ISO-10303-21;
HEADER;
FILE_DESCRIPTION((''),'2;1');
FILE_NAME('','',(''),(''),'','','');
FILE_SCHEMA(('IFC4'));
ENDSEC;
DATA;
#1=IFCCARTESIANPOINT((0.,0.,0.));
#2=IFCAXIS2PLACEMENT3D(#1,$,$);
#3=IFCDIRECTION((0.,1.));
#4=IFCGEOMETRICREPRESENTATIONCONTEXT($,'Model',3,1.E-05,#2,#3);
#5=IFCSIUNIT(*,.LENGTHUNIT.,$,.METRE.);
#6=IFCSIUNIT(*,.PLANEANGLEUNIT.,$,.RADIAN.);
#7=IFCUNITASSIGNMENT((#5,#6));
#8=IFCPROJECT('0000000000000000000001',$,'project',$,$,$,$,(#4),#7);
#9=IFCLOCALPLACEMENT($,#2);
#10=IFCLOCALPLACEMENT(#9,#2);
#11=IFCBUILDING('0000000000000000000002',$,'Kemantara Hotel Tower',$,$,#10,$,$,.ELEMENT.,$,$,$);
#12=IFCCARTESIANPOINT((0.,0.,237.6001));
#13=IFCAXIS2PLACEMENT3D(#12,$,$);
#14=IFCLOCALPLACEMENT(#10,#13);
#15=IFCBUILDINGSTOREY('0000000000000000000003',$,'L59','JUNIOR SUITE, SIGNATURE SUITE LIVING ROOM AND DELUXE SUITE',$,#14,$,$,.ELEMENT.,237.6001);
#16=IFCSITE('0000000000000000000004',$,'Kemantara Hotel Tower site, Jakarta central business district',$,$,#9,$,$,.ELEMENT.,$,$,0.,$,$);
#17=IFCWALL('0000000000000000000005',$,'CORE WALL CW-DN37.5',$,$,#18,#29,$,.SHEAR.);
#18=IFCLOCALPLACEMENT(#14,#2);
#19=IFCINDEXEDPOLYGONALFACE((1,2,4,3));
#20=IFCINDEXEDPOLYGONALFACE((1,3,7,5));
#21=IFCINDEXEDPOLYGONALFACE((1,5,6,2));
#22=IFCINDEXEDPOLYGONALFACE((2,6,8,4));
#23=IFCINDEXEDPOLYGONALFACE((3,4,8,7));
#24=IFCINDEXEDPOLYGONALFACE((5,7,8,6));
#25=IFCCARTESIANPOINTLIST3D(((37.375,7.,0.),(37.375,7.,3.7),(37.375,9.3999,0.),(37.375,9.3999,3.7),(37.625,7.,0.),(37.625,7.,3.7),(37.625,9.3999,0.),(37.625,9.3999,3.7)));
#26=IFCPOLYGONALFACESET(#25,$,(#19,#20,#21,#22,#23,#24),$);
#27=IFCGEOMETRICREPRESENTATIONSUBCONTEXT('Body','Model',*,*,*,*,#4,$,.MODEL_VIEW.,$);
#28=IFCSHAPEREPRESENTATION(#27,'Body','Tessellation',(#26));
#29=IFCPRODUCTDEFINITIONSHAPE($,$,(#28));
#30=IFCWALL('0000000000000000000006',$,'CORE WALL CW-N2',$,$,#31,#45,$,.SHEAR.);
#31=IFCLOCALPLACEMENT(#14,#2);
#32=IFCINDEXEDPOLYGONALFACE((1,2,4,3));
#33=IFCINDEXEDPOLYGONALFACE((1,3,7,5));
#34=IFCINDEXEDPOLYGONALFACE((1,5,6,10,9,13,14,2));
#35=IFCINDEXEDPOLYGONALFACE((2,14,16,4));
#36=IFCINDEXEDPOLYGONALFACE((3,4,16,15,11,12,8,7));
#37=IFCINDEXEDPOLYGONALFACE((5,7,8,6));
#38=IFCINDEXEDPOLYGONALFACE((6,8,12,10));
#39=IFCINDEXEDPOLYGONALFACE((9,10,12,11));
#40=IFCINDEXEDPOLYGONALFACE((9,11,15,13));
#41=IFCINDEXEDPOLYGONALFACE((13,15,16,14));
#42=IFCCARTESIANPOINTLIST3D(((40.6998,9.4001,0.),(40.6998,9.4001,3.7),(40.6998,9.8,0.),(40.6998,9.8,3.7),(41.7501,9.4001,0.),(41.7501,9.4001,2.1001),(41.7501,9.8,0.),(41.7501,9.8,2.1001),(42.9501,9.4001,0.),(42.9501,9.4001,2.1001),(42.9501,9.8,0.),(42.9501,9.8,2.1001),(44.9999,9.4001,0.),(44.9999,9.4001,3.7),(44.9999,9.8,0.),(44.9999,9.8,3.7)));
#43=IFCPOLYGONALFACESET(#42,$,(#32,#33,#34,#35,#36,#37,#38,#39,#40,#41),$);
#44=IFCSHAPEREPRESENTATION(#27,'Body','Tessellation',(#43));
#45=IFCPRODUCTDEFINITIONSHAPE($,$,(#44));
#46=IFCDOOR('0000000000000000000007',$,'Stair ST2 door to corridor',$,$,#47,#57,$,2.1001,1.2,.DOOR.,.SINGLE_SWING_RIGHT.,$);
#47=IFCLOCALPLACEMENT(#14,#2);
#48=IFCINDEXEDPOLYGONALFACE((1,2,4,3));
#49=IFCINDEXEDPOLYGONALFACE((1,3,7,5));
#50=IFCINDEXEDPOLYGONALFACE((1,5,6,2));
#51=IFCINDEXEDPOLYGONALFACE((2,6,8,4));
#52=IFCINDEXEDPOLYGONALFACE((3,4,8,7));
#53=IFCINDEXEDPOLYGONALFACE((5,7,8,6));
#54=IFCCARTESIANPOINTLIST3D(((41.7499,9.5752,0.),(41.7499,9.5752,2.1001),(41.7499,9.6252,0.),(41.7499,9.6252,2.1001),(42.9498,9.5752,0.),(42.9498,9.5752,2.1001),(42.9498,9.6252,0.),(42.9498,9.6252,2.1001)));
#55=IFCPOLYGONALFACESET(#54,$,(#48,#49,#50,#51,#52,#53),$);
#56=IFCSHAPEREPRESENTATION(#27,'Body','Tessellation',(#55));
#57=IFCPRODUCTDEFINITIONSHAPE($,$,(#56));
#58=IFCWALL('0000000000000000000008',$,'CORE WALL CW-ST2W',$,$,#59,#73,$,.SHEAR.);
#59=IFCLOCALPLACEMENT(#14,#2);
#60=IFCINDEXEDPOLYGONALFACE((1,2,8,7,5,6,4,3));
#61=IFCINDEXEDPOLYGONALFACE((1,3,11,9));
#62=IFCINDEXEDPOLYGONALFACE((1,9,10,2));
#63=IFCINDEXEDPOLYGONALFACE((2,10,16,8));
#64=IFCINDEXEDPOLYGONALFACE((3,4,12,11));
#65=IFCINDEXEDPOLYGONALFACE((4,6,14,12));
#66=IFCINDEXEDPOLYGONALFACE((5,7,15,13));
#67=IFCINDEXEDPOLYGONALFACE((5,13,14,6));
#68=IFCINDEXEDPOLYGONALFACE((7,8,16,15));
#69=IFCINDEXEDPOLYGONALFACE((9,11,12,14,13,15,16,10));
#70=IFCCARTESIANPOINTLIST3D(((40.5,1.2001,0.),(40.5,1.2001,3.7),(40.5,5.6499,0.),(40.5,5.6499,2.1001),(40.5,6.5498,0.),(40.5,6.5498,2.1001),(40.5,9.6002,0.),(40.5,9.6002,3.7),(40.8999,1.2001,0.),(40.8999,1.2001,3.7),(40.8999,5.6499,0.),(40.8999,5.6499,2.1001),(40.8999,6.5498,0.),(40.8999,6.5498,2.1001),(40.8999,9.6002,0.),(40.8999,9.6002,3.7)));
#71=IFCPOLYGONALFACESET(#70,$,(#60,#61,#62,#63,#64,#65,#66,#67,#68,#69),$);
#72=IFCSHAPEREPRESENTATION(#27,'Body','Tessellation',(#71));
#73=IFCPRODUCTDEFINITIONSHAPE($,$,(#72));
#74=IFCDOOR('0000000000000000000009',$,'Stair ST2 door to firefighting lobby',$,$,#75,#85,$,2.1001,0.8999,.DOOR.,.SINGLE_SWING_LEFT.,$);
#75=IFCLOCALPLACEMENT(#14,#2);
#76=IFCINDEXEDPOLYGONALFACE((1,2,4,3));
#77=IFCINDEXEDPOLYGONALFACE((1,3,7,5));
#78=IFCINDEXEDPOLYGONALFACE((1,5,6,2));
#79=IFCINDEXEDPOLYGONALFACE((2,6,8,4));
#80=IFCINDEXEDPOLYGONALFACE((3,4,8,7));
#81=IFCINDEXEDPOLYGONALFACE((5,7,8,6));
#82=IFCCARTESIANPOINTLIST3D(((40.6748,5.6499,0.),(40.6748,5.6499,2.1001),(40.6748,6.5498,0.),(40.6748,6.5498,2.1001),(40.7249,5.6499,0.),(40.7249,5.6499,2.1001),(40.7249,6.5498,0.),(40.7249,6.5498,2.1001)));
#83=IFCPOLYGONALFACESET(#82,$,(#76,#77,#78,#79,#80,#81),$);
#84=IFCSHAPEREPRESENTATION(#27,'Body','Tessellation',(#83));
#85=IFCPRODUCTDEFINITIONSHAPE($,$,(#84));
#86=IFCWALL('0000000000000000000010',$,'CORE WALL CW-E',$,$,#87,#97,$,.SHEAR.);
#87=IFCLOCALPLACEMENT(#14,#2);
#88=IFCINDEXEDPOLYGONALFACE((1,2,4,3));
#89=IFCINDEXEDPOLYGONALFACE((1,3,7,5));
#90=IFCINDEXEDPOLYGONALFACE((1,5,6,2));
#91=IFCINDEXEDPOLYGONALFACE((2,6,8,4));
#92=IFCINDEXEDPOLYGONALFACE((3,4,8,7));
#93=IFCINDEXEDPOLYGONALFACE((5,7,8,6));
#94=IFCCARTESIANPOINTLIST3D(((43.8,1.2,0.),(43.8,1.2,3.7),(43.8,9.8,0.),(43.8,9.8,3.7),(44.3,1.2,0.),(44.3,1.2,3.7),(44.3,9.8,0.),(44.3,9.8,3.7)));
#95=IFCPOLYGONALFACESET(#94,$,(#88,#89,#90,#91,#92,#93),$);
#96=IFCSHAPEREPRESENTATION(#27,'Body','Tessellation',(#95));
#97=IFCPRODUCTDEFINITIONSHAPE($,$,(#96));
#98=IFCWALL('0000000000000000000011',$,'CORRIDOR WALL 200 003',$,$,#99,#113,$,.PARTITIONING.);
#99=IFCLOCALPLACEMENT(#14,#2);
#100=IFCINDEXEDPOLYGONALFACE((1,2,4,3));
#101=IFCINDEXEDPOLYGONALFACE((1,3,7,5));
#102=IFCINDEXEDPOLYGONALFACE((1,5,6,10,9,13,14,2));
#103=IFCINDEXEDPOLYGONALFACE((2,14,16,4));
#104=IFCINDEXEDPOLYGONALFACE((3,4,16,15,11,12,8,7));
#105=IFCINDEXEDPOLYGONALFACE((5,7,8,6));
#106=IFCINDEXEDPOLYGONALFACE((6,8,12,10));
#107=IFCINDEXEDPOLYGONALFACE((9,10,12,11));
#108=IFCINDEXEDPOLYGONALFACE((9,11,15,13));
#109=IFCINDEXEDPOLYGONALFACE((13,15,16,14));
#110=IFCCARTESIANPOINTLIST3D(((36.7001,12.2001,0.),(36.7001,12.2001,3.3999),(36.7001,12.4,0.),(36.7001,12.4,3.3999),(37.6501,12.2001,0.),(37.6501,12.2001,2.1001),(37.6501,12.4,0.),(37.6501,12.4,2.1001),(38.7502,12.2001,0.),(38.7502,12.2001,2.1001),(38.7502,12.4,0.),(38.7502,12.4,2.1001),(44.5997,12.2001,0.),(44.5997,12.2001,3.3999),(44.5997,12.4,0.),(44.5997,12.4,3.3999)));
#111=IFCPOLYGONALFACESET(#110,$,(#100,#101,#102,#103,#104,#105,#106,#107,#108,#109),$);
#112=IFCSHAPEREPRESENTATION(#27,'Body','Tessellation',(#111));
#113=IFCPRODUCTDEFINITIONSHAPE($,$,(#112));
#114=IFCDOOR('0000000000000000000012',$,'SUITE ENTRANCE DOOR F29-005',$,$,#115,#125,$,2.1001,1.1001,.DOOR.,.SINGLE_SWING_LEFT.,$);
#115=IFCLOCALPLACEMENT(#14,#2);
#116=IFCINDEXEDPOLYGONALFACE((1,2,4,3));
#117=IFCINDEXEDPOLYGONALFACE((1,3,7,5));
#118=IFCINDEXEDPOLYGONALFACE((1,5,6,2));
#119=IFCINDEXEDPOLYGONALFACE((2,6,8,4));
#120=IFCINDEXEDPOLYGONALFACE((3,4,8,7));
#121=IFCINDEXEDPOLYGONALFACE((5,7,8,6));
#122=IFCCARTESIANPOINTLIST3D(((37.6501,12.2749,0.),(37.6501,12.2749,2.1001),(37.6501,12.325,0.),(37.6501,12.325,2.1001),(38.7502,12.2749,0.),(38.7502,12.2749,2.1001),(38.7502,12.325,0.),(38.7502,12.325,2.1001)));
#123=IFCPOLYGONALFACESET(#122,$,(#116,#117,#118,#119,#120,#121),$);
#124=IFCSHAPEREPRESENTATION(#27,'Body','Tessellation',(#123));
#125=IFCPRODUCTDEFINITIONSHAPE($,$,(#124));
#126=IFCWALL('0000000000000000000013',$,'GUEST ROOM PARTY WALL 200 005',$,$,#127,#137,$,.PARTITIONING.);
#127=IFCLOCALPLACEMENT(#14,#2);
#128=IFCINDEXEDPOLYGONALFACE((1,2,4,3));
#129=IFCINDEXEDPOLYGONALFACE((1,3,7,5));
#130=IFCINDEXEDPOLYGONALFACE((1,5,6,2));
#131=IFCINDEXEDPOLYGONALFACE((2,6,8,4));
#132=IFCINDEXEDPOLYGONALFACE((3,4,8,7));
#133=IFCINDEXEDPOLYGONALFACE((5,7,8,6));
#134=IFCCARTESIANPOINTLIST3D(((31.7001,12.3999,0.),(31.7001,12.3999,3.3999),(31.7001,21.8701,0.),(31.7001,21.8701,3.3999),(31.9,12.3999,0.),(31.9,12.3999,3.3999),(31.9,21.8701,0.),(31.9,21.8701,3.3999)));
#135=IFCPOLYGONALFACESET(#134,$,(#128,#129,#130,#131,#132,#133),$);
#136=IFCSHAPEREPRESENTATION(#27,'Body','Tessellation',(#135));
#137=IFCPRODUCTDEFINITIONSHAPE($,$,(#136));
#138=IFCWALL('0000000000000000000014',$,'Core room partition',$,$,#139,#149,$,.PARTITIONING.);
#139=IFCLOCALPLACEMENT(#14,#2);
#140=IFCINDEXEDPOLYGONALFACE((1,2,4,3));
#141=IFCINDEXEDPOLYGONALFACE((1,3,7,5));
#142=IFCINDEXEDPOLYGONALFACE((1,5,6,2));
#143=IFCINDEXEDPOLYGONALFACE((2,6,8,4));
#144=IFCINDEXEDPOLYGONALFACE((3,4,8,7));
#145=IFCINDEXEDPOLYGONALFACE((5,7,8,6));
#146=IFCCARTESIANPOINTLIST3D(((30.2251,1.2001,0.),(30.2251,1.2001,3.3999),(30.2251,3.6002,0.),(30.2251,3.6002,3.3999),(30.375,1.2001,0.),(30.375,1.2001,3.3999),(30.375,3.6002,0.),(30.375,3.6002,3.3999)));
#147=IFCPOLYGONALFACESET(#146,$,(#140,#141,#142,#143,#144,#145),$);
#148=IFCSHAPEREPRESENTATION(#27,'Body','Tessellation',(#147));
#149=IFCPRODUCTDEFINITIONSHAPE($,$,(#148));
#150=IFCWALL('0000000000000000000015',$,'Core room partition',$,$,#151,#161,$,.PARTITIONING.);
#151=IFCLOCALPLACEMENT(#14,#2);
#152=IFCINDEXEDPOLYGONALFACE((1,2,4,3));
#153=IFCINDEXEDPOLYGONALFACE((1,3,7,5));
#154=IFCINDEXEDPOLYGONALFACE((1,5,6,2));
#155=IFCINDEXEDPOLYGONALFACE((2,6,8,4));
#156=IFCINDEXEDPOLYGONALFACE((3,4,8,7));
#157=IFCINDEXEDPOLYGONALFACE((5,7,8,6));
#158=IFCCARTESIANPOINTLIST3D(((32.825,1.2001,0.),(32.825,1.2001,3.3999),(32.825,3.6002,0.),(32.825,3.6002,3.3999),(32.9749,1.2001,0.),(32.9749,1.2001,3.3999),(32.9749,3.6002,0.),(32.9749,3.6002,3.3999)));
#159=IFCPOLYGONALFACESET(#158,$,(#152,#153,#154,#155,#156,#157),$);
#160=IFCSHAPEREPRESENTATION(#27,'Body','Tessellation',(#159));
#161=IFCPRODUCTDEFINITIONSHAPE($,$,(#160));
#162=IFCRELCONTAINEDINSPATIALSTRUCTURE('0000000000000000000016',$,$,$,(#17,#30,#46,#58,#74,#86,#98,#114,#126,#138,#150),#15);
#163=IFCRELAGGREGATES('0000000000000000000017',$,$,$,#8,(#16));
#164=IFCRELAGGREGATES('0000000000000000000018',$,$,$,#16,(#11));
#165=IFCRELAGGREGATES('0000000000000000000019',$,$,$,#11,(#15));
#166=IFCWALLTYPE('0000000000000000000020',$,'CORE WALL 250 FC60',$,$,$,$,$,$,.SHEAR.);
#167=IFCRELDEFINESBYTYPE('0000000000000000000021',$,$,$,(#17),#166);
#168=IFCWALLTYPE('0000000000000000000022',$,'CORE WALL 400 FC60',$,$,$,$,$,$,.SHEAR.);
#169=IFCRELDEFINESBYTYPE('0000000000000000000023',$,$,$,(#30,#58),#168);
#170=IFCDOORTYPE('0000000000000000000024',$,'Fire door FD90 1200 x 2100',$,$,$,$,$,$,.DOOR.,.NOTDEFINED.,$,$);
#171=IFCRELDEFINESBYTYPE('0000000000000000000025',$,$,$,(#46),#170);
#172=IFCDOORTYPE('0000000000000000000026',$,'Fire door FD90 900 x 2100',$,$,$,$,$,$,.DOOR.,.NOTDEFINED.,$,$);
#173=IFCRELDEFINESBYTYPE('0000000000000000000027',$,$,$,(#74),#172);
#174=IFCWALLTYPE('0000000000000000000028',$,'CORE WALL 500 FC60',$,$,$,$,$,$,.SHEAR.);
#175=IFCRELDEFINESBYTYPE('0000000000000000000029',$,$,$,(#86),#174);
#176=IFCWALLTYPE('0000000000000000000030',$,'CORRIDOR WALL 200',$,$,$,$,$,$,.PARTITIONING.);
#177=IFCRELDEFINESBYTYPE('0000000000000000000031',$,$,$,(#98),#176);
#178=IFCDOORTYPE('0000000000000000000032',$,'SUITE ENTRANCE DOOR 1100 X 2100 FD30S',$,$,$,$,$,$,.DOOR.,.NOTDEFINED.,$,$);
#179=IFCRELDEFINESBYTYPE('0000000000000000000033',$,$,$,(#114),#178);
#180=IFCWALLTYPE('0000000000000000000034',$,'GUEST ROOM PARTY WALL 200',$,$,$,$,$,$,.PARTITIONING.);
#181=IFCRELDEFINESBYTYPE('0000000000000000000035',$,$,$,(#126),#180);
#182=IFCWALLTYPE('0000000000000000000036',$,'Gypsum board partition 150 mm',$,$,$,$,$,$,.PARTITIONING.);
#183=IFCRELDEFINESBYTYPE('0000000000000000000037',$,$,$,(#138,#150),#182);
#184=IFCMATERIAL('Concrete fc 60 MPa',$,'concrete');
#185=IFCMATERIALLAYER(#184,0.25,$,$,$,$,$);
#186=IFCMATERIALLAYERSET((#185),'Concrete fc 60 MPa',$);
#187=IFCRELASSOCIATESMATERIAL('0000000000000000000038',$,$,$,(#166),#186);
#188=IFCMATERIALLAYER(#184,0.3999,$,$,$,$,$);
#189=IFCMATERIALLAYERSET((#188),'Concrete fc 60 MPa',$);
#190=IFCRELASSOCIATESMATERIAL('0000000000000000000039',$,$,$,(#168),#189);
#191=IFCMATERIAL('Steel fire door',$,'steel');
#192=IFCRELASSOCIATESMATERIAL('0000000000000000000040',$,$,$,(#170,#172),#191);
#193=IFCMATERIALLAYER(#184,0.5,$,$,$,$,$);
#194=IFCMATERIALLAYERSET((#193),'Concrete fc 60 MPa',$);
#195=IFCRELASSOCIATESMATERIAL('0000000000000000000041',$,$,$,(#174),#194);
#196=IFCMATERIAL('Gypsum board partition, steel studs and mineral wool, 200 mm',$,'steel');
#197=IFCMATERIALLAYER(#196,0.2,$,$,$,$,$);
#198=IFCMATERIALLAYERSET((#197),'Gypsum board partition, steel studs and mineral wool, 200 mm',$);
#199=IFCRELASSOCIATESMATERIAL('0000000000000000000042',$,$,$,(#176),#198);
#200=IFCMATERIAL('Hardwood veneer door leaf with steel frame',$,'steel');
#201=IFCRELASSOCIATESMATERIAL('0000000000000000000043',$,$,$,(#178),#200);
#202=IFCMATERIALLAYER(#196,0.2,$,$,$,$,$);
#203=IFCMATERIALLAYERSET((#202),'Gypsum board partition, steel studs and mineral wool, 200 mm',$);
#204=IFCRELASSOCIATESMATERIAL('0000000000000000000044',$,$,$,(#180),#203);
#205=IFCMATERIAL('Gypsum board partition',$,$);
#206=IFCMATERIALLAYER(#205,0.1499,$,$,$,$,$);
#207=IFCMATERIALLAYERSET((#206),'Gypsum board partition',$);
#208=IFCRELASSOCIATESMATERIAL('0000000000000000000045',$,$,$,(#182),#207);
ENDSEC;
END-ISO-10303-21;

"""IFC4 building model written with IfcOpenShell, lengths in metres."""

from ifc_helpers import new_model, si_unit, direction, frame, frame_2d, origin, place, context, subcontext, project, spatial, rectangle, extrude, material, layer, layer_set, type_object, element, fill, save


model = new_model("IFC4")

# Units and contexts
model_context = context("Model", 3, precision=1e-05, world=origin(), true_north=direction((0.0, 1.0)))
body_context = subcontext(model_context, "Body", "Model", "MODEL_VIEW")
ifc_project = project(units=[si_unit("LENGTHUNIT", "METRE"), si_unit("PLANEANGLEUNIT", "RADIAN")], contexts=[model_context])

# Site, building, storey
site_placement = place(None, origin())
site = spatial("IfcSite", under=ifc_project, at=site_placement, Name="Kemantara Hotel Tower site, Jakarta central business district", CompositionType="ELEMENT", RefElevation=0.0)
building_placement = place(site_placement, origin())
building = spatial("IfcBuilding", under=site, at=building_placement, Name="Kemantara Hotel Tower", CompositionType="ELEMENT")
storey_placement = place(building_placement, frame((0.0, 0.0, 237.6001)))
storey = spatial("IfcBuildingStorey", under=building, at=storey_placement, Name="L59", Description="JUNIOR SUITE, SIGNATURE SUITE LIVING ROOM AND DELUXE SUITE", CompositionType="ELEMENT", Elevation=237.6001)

# Shared definitions
ifc_material_1 = material(Name="Concrete fc 60 MPa", Category="concrete")

# Wall
ifc_layer_1 = layer(ifc_material_1, 0.25)
ifc_layer_set_1 = layer_set([ifc_layer_1], Name="Concrete fc 60 MPa")
wall_type_1 = type_object("IfcWallType", Name="CORE WALL 250 FC60", PredefinedType="SHEAR", material=ifc_layer_set_1)
for number, where, z_axis, x_axis, name in (
    (1, (37.5, 7.0, 0.0), (0.0, 0.0, 1.0), (0.0, 1.0, 0.0), "CORE WALL CW-DN37.5"),
):
    element("IfcWall", number, at=place(storey_placement, frame(where, z_axis=z_axis, x_axis=x_axis)), inside=storey, type_object=wall_type_1, Name=name, PredefinedType="SHEAR", context=body_context, shape_type="SweptSolid", body=[
        extrude(rectangle(XDim=2.3999, YDim=0.25, at=frame_2d((1.2, 0.0))), origin(), (0.0, 0.0, 1.0), 3.7),
    ])

# Walls, openings, doors
ifc_layer_2 = layer(ifc_material_1, 0.3999)
ifc_layer_set_2 = layer_set([ifc_layer_2], Name="Concrete fc 60 MPa")
wall_type_2 = type_object("IfcWallType", Name="CORE WALL 400 FC60", PredefinedType="SHEAR", material=ifc_layer_set_2)
wall_1_placement = place(storey_placement, frame((40.7, 9.6001, 0.0), z_axis=(0.0, 0.0, 1.0), x_axis=(1.0, 0.0, 0.0)))
wall_1 = element("IfcWall", 2, at=wall_1_placement, inside=storey, type_object=wall_type_2, Name="CORE WALL CW-N2", PredefinedType="SHEAR", context=body_context, shape_type="SweptSolid", body=[
    extrude(rectangle(XDim=4.3, YDim=0.3999, at=frame_2d((2.1499, 0.0))), origin(), (0.0, 0.0, 1.0), 3.7),
])
opening_1_placement = place(wall_1_placement, frame((1.05, 0.0, 0.0)))
opening_1 = element("IfcOpeningElement", 3, at=opening_1_placement, cuts=wall_1, PredefinedType="OPENING", context=body_context, shape_type="SweptSolid", body=[
    extrude(rectangle(XDim=1.2, YDim=2.1001, at=frame_2d((0.6001, 1.05))), frame((0.0, 0.21, 0.0), z_axis=(0.0, -1.0, 0.0), x_axis=(1.0, 0.0, 0.0)), (0.0, 0.0, 1.0), 0.4199),
])
ifc_material_2 = material(Name="Steel fire door", Category="steel")
door_type_1 = type_object("IfcDoorType", Name="Fire door FD90 1200 x 2100", OperationType="NOTDEFINED", PredefinedType="DOOR", material=ifc_material_2)
door_1_placement = place(opening_1_placement, frame((1.2, 0.0, 0.0), z_axis=(0.0, 0.0, 1.0), x_axis=(-1.0, 0.0, 0.0)))
door_1 = element("IfcDoor", 4, at=door_1_placement, inside=storey, type_object=door_type_1, Name="Stair ST2 door to corridor", OperationType="SINGLE_SWING_RIGHT", OverallHeight=2.1001, OverallWidth=1.2, PredefinedType="DOOR", context=body_context, shape_type="SweptSolid", body=[
    extrude(rectangle(XDim=1.2, YDim=2.1001, at=frame_2d((0.6001, 1.05))), frame((0.0, 0.0249, 0.0), z_axis=(0.0, -1.0, 0.0), x_axis=(1.0, 0.0, 0.0)), (0.0, 0.0, 1.0), 0.05),
])
fill(opening_1, door_1)
wall_2_placement = place(storey_placement, frame((40.7, 1.2, 0.0), z_axis=(0.0, 0.0, 1.0), x_axis=(0.0, 1.0, 0.0)))
wall_2 = element("IfcWall", 5, at=wall_2_placement, inside=storey, type_object=wall_type_2, Name="CORE WALL CW-ST2W", PredefinedType="SHEAR", context=body_context, shape_type="SweptSolid", body=[
    extrude(rectangle(XDim=8.4001, YDim=0.3999, at=frame_2d((4.2002, 0.0))), origin(), (0.0, 0.0, 1.0), 3.7),
])
opening_2_placement = place(wall_2_placement, frame((4.45, 0.0, 0.0)))
opening_2 = element("IfcOpeningElement", 6, at=opening_2_placement, cuts=wall_2, PredefinedType="OPENING", context=body_context, shape_type="SweptSolid", body=[
    extrude(rectangle(XDim=0.8999, YDim=2.1001, at=frame_2d((0.45, 1.05))), frame((0.0, 0.21, 0.0), z_axis=(0.0, -1.0, 0.0), x_axis=(1.0, 0.0, 0.0)), (0.0, 0.0, 1.0), 0.4199),
])
door_type_2 = type_object("IfcDoorType", Name="Fire door FD90 900 x 2100", OperationType="NOTDEFINED", PredefinedType="DOOR", material=ifc_material_2)
door_2_placement = place(opening_2_placement, frame((0.8999, 0.0, 0.0), z_axis=(0.0, 0.0, 1.0), x_axis=(-1.0, 0.0, 0.0)))
door_2 = element("IfcDoor", 7, at=door_2_placement, inside=storey, type_object=door_type_2, Name="Stair ST2 door to firefighting lobby", OperationType="SINGLE_SWING_LEFT", OverallHeight=2.1001, OverallWidth=0.8999, PredefinedType="DOOR", context=body_context, shape_type="SweptSolid", body=[
    extrude(rectangle(XDim=0.8999, YDim=2.1001, at=frame_2d((0.45, 1.05))), frame((0.0, 0.0249, 0.0), z_axis=(0.0, -1.0, 0.0), x_axis=(1.0, 0.0, 0.0)), (0.0, 0.0, 1.0), 0.05),
])
fill(opening_2, door_2)

# Wall
ifc_layer_3 = layer(ifc_material_1, 0.5)
ifc_layer_set_3 = layer_set([ifc_layer_3], Name="Concrete fc 60 MPa")
wall_type_3 = type_object("IfcWallType", Name="CORE WALL 500 FC60", PredefinedType="SHEAR", material=ifc_layer_set_3)
wall_3_placement = place(storey_placement, frame((44.05, 1.2, 0.0), z_axis=(0.0, 0.0, 1.0), x_axis=(0.0, 1.0, 0.0)))
element("IfcWall", 8, at=wall_3_placement, inside=storey, type_object=wall_type_3, Name="CORE WALL CW-E", PredefinedType="SHEAR", context=body_context, shape_type="SweptSolid", body=[
    extrude(rectangle(XDim=8.6001, YDim=0.5, at=frame_2d((4.3, 0.0))), origin(), (0.0, 0.0, 1.0), 3.7),
])

# Wall, opening, door
ifc_material_3 = material(Name="Gypsum board partition, steel studs and mineral wool, 200 mm", Category="steel")
ifc_layer_4 = layer(ifc_material_3, 0.2)
ifc_layer_set_4 = layer_set([ifc_layer_4], Name="Gypsum board partition, steel studs and mineral wool, 200 mm")
wall_type_4 = type_object("IfcWallType", Name="CORRIDOR WALL 200", PredefinedType="PARTITIONING", material=ifc_layer_set_4)
wall_4_placement = place(storey_placement, frame((36.7002, 12.3, 0.0), z_axis=(0.0, 0.0, 1.0), x_axis=(1.0, 0.0, 0.0)))
wall_4 = element("IfcWall", 9, at=wall_4_placement, inside=storey, type_object=wall_type_4, Name="CORRIDOR WALL 200 003", PredefinedType="PARTITIONING", context=body_context, shape_type="SweptSolid", body=[
    extrude(rectangle(XDim=7.8997, YDim=0.2, at=frame_2d((3.9497, 0.0))), origin(), (0.0, 0.0, 1.0), 3.3999),
])
opening_3_placement = place(wall_4_placement, frame((0.95, 0.0, 0.0)))
opening_3 = element("IfcOpeningElement", 10, at=opening_3_placement, cuts=wall_4, PredefinedType="OPENING", context=body_context, shape_type="SweptSolid", body=[
    extrude(rectangle(XDim=1.1001, YDim=2.1001, at=frame_2d((0.55, 1.05))), frame((0.0, 0.1099, 0.0), z_axis=(0.0, -1.0, 0.0), x_axis=(1.0, 0.0, 0.0)), (0.0, 0.0, 1.0), 0.22),
])
ifc_material_4 = material(Name="Hardwood veneer door leaf with steel frame", Category="steel")
door_type_3 = type_object("IfcDoorType", Name="SUITE ENTRANCE DOOR 1100 X 2100 FD30S", OperationType="NOTDEFINED", PredefinedType="DOOR", material=ifc_material_4)
door_3_placement = place(opening_3_placement, origin())
door_3 = element("IfcDoor", 11, at=door_3_placement, inside=storey, type_object=door_type_3, Name="SUITE ENTRANCE DOOR F29-005", OperationType="SINGLE_SWING_LEFT", OverallHeight=2.1001, OverallWidth=1.1001, PredefinedType="DOOR", context=body_context, shape_type="SweptSolid", body=[
    extrude(rectangle(XDim=1.1001, YDim=2.1001, at=frame_2d((0.55, 1.05))), frame((0.0, 0.0249, 0.0), z_axis=(0.0, -1.0, 0.0), x_axis=(1.0, 0.0, 0.0)), (0.0, 0.0, 1.0), 0.05),
])
fill(opening_3, door_3)

# Walls
ifc_layer_5 = layer(ifc_material_3, 0.2)
ifc_layer_set_5 = layer_set([ifc_layer_5], Name="Gypsum board partition, steel studs and mineral wool, 200 mm")
wall_type_5 = type_object("IfcWallType", Name="GUEST ROOM PARTY WALL 200", PredefinedType="PARTITIONING", material=ifc_layer_set_5)
wall_5_placement = place(storey_placement, frame((31.8, 12.3999, 0.0), z_axis=(0.0, 0.0, 1.0), x_axis=(0.0, 1.0, 0.0)))
element("IfcWall", 12, at=wall_5_placement, inside=storey, type_object=wall_type_5, Name="GUEST ROOM PARTY WALL 200 005", PredefinedType="PARTITIONING", context=body_context, shape_type="SweptSolid", body=[
    extrude(rectangle(XDim=9.4702, YDim=0.2, at=frame_2d((4.7351, 0.0))), origin(), (0.0, 0.0, 1.0), 3.3999),
])
ifc_material_5 = material(Name="Gypsum board partition")
ifc_layer_6 = layer(ifc_material_5, 0.1499)
ifc_layer_set_6 = layer_set([ifc_layer_6], Name="Gypsum board partition")
wall_type_6 = type_object("IfcWallType", Name="Gypsum board partition 150 mm", PredefinedType="PARTITIONING", material=ifc_layer_set_6)
for number, where, z_axis, x_axis, name in (
    (13, (30.3, 1.2, 0.0), (0.0, 0.0, 1.0), (0.0, 1.0, 0.0), "Core room partition"),
    (14, (32.8999, 1.2, 0.0), (0.0, 0.0, 1.0), (0.0, 1.0, 0.0), "Core room partition"),
):
    element("IfcWall", number, at=place(storey_placement, frame(where, z_axis=z_axis, x_axis=x_axis)), inside=storey, type_object=wall_type_6, Name=name, PredefinedType="PARTITIONING", context=body_context, shape_type="SweptSolid", body=[
        extrude(rectangle(XDim=2.4001, YDim=0.1499, at=frame_2d((1.2002, 0.0))), origin(), (0.0, 0.0, 1.0), 3.3999),
    ])

save(model, "model.ifc")
